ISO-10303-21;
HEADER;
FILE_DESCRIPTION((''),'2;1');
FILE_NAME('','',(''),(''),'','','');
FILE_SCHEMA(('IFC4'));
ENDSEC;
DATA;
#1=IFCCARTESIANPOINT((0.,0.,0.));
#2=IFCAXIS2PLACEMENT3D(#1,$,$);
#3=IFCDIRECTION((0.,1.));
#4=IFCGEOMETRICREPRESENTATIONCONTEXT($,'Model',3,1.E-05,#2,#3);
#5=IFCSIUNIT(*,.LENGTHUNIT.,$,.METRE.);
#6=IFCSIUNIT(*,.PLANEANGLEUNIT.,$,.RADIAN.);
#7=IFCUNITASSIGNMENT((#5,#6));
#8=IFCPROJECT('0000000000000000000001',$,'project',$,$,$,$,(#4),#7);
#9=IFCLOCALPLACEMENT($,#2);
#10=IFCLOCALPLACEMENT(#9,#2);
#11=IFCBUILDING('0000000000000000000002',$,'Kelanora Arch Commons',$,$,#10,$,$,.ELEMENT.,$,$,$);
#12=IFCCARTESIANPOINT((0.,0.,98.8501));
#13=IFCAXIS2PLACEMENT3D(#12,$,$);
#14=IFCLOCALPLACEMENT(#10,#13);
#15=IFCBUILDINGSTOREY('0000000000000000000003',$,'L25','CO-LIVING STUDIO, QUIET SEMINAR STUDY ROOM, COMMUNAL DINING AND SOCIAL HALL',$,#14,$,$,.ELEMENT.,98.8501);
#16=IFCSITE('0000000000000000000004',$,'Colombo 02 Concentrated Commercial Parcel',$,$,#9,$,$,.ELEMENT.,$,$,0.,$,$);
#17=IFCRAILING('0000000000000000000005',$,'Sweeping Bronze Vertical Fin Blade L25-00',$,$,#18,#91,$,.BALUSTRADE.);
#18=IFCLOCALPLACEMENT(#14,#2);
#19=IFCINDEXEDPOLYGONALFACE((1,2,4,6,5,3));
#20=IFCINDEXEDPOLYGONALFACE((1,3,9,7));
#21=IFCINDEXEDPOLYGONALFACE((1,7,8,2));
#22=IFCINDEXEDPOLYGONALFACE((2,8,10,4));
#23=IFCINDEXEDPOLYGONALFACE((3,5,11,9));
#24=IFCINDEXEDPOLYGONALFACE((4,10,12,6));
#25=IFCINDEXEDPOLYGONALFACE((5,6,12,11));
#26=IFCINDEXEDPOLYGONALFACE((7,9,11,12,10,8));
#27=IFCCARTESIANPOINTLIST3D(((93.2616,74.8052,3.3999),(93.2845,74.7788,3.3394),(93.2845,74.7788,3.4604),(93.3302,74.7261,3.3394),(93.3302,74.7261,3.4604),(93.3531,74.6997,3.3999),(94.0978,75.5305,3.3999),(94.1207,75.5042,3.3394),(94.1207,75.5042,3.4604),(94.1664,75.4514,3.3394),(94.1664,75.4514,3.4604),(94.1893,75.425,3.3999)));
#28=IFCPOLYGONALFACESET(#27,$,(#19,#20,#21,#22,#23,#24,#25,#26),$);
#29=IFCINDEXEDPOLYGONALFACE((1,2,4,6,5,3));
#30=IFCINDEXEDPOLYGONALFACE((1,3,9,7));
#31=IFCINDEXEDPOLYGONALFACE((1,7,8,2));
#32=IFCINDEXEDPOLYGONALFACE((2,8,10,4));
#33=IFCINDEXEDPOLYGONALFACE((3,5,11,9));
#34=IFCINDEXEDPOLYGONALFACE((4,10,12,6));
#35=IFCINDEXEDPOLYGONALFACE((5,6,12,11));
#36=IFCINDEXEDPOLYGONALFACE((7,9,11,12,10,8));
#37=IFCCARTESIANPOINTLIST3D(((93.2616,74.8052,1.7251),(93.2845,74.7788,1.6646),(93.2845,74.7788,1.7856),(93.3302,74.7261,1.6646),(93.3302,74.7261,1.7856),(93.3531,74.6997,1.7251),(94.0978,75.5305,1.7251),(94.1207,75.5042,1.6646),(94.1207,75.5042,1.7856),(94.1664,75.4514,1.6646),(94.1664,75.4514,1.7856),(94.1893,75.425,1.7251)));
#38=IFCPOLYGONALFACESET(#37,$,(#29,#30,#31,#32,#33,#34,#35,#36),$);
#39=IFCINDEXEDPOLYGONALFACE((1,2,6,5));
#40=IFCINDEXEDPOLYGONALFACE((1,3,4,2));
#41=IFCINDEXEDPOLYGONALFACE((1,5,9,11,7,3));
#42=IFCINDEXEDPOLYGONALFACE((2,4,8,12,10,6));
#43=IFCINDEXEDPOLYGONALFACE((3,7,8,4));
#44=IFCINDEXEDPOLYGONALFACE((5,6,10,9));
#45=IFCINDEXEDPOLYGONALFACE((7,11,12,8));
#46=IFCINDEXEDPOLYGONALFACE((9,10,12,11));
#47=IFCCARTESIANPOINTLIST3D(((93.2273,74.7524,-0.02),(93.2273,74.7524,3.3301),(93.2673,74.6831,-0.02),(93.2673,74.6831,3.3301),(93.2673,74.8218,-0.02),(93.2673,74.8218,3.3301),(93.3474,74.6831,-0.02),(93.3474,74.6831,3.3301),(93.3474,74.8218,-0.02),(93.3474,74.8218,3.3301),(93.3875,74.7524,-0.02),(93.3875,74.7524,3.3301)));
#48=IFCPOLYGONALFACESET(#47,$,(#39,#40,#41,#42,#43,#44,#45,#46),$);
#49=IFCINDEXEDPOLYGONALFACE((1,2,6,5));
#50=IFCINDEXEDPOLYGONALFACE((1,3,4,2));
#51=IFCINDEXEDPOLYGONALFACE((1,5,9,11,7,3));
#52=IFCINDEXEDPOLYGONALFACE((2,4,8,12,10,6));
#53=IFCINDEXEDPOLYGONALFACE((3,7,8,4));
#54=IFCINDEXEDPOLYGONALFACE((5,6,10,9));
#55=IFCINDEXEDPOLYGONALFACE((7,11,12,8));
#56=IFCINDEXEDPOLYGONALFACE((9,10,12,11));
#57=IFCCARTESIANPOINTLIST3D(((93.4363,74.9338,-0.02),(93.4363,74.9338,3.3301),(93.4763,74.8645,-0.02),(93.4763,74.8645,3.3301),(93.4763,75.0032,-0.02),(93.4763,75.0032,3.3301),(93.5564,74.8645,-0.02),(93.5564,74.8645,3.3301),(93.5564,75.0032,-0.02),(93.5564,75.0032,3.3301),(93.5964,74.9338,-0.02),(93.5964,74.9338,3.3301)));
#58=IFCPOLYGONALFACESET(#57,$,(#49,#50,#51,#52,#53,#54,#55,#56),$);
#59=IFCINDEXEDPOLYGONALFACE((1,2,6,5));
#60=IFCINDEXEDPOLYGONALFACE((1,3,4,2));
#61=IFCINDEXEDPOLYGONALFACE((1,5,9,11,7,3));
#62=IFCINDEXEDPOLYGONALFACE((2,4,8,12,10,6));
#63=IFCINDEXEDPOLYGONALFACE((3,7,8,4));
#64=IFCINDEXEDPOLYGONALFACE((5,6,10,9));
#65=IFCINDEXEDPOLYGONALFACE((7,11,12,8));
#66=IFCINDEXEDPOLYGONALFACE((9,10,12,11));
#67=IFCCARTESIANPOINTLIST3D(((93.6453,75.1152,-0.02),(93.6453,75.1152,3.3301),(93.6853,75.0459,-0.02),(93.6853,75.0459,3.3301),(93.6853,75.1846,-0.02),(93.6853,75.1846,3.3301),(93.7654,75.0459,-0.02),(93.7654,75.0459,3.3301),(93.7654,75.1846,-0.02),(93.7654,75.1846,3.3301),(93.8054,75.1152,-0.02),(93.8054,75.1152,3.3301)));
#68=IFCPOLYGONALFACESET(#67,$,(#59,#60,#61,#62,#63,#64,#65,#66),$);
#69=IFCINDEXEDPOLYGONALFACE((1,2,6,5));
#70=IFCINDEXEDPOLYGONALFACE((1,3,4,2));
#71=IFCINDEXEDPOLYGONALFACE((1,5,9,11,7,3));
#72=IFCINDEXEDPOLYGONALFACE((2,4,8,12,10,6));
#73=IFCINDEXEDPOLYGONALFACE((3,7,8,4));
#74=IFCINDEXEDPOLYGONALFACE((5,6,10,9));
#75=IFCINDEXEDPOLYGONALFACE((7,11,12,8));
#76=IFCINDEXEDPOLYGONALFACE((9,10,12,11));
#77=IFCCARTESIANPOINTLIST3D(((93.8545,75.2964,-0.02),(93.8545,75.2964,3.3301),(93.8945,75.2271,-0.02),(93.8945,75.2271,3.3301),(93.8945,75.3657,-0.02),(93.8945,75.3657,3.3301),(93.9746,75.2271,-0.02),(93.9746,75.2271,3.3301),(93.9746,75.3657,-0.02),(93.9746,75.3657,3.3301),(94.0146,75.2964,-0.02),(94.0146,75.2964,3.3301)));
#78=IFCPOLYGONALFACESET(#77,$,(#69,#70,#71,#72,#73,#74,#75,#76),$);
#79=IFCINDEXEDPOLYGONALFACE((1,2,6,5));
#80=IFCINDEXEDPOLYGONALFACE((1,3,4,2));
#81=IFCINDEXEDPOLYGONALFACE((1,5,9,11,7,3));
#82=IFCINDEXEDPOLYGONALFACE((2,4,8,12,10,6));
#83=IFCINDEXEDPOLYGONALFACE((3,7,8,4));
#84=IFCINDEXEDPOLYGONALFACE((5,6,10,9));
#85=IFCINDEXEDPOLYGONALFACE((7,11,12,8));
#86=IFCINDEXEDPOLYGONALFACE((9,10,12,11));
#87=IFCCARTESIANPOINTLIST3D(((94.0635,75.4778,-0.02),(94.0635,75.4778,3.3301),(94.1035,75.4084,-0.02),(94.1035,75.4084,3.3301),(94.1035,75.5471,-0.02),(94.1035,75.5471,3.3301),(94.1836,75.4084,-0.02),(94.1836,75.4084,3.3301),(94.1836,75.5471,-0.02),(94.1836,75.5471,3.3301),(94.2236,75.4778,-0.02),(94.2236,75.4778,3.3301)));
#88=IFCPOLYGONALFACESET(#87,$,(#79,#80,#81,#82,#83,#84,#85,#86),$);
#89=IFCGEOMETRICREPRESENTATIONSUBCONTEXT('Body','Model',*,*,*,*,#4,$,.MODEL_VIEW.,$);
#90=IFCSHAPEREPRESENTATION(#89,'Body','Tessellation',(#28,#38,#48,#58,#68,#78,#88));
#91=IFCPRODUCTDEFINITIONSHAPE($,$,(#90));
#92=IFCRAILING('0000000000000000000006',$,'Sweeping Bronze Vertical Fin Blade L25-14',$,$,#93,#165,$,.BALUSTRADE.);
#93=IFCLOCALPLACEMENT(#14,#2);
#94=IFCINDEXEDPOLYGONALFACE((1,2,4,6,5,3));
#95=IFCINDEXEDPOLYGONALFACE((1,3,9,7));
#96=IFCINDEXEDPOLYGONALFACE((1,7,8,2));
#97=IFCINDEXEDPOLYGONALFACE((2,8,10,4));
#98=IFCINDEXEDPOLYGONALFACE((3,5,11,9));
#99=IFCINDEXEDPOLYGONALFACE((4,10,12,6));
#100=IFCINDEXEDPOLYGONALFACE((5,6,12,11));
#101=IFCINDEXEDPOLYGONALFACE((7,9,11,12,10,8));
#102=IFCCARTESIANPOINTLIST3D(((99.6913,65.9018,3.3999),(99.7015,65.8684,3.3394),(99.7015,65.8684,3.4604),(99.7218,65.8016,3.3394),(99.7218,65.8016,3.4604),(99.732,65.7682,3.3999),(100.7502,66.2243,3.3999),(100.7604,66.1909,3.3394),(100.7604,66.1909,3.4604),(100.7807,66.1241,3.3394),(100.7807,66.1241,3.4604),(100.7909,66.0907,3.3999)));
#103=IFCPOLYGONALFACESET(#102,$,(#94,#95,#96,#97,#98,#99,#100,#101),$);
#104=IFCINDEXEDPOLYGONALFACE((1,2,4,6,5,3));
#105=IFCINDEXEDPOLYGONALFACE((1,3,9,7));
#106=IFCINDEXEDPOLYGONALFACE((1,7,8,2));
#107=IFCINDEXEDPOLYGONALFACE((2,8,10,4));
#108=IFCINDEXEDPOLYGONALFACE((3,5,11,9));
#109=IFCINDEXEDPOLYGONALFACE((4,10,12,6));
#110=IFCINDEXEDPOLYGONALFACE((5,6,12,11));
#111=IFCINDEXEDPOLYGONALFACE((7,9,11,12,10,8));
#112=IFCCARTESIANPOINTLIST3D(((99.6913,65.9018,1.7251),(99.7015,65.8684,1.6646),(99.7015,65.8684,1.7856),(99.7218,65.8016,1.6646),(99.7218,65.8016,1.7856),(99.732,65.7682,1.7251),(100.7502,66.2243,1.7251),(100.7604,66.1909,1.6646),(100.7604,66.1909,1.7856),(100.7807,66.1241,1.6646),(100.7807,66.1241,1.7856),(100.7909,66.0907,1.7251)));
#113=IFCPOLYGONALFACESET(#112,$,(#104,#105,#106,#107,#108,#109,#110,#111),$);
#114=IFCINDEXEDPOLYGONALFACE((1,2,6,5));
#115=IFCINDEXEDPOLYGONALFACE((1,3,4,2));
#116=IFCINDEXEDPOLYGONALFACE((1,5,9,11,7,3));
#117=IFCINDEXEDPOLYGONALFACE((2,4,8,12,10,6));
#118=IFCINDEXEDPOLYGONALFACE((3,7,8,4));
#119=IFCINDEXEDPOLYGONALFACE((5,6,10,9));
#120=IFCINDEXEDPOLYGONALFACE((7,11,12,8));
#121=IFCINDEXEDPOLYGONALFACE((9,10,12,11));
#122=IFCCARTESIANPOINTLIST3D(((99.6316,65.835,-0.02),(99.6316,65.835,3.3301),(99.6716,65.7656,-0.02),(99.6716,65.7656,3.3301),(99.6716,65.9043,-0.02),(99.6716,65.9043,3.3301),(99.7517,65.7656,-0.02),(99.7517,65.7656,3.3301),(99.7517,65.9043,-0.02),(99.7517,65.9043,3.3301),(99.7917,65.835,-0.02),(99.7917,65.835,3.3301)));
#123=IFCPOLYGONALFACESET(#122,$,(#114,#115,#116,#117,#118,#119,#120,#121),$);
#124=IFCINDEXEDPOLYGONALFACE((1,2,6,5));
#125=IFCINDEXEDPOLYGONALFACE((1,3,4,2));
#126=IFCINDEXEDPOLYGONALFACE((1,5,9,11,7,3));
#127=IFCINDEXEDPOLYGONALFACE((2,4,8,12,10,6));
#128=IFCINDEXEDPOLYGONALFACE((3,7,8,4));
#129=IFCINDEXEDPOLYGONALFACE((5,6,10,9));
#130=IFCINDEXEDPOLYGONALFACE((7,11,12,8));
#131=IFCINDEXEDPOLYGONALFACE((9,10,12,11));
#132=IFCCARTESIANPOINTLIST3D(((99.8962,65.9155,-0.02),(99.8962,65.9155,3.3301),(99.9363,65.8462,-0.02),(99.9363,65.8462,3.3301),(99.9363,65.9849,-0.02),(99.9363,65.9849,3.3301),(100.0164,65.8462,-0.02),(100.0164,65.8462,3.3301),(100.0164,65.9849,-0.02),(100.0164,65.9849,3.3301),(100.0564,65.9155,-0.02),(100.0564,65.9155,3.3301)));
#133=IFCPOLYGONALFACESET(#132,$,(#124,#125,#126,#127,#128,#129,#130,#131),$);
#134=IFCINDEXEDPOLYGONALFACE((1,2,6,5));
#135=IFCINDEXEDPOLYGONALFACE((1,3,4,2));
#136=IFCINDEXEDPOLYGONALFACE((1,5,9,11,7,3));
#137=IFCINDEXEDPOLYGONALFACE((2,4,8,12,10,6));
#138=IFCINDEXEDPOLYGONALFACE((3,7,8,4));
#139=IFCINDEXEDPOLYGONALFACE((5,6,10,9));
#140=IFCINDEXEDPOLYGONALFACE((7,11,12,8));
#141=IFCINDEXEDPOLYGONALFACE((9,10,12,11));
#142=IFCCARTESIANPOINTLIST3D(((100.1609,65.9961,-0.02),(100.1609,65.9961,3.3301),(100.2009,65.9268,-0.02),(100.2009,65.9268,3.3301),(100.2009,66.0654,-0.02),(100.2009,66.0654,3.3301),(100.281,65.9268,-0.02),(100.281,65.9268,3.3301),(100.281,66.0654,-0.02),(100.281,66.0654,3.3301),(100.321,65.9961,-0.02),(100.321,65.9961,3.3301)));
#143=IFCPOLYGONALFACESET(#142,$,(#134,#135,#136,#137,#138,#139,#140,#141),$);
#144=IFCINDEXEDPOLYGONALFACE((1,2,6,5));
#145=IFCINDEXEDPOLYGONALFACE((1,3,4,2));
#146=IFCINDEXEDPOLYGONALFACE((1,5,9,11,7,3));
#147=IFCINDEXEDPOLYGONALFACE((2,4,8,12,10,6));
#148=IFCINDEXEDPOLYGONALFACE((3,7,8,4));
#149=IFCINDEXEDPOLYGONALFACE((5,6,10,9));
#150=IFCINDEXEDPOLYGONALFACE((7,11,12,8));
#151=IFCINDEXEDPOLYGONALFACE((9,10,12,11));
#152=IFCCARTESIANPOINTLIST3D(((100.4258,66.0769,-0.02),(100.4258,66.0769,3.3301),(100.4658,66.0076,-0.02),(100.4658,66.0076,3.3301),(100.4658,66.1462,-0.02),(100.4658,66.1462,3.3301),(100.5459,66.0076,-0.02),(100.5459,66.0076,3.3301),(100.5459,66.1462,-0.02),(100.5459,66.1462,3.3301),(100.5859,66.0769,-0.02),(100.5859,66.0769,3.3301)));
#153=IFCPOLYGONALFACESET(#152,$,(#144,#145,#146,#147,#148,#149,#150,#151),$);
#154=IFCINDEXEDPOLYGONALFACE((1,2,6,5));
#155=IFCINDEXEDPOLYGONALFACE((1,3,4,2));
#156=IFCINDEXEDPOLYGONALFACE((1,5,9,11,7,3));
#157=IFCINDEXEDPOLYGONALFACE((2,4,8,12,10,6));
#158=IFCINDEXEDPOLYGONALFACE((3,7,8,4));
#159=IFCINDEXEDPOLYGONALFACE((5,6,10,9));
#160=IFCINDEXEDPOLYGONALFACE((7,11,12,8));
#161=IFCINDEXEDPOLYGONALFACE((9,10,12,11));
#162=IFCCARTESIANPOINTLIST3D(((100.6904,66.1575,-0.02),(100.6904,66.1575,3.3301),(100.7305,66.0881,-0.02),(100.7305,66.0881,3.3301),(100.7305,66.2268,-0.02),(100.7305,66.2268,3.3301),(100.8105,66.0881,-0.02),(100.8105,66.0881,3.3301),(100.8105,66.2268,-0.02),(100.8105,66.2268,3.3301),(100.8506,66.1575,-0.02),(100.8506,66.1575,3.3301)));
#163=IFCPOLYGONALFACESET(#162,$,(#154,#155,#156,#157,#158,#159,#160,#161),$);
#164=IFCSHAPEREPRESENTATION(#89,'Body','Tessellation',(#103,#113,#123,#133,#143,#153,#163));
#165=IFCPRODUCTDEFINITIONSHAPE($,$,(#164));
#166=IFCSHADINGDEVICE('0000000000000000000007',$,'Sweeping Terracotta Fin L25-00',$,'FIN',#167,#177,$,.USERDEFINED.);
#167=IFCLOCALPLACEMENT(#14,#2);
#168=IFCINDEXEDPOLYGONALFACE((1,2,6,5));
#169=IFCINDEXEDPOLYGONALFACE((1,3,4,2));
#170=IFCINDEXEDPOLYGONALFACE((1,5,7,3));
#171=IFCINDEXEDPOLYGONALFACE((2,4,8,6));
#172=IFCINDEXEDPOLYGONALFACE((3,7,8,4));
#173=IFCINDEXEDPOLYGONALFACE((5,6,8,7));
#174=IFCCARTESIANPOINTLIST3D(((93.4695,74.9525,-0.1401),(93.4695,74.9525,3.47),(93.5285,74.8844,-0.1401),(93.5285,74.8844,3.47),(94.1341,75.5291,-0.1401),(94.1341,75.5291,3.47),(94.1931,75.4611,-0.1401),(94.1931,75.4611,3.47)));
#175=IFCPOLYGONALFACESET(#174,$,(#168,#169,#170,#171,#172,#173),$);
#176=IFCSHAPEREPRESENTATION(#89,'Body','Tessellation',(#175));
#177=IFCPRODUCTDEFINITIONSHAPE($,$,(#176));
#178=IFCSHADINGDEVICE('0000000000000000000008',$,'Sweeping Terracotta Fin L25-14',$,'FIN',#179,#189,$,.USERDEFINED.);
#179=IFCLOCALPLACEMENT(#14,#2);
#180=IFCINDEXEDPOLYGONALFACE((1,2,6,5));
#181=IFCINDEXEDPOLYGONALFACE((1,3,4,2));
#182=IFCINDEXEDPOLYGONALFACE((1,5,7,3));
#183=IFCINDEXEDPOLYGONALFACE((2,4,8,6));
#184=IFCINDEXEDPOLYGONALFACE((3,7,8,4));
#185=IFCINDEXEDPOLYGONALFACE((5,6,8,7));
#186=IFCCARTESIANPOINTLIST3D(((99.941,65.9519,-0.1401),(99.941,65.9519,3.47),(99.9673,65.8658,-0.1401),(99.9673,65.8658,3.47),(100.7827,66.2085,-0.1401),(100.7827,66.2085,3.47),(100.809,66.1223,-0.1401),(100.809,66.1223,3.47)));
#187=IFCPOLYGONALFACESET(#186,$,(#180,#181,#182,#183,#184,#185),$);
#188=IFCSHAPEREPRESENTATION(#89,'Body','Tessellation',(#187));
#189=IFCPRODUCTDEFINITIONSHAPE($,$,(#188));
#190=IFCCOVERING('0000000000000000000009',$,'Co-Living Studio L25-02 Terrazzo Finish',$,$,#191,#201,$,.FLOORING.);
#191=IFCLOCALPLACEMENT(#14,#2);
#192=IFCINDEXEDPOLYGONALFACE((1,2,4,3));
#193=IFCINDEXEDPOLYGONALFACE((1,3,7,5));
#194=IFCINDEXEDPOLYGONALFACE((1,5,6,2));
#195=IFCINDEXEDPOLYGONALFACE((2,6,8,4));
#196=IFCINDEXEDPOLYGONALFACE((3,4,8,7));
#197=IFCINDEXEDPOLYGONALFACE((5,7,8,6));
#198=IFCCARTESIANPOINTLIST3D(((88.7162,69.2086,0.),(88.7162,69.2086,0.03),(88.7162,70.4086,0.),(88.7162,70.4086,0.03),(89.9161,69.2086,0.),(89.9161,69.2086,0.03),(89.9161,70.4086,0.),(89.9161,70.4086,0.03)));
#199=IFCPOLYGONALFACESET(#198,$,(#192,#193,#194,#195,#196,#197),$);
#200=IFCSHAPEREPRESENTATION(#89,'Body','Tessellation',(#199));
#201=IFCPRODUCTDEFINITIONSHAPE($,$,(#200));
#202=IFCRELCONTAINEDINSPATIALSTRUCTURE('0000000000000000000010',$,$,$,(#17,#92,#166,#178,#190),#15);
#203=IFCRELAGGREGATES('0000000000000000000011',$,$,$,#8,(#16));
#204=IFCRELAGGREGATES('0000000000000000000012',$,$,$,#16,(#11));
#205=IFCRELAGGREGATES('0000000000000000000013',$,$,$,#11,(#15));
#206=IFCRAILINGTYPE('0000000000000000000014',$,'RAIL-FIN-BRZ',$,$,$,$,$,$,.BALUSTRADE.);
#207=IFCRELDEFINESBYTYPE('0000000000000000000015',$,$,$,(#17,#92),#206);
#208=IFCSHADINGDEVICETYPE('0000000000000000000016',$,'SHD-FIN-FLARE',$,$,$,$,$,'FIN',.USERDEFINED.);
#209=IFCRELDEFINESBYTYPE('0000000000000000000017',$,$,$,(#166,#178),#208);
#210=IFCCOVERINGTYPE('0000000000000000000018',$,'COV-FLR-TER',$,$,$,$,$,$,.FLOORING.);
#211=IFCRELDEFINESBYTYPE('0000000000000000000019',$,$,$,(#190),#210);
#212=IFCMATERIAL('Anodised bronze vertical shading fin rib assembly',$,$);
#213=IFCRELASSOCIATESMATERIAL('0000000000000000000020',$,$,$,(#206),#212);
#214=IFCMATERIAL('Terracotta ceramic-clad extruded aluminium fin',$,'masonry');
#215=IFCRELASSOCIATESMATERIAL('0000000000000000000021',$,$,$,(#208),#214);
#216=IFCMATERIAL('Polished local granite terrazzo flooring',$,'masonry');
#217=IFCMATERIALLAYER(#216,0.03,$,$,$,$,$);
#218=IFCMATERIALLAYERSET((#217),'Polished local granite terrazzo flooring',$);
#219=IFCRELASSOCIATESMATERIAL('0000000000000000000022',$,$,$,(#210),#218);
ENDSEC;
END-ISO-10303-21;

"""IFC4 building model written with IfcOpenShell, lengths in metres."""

from ifc_helpers import new_model, si_unit, direction, frame, origin, origin_2d, place, context, subcontext, project, spatial, polyline, rectangle, outline, extrude, source, transform, mapped, material, layer, layer_set, type_object, element, save


model = new_model("IFC4")

# Units and contexts
model_context = context("Model", 3, precision=1e-05, world=origin(), true_north=direction((0.0, 1.0)))
body_context = subcontext(model_context, "Body", "Model", "MODEL_VIEW")
ifc_project = project(units=[si_unit("LENGTHUNIT", "METRE"), si_unit("PLANEANGLEUNIT", "RADIAN")], contexts=[model_context])

# Site, building, storey
site_placement = place(None, origin())
site = spatial("IfcSite", under=ifc_project, at=site_placement, Name="Colombo 02 Concentrated Commercial Parcel", CompositionType="ELEMENT", RefElevation=0.0)
building_placement = place(site_placement, origin())
building = spatial("IfcBuilding", under=site, at=building_placement, Name="Kelanora Arch Commons", CompositionType="ELEMENT")
storey_placement = place(building_placement, frame((0.0, 0.0, 98.8501)))
storey = spatial("IfcBuildingStorey", under=building, at=storey_placement, Name="L25", Description="CO-LIVING STUDIO, QUIET SEMINAR STUDY ROOM, COMMUNAL DINING AND SOCIAL HALL", CompositionType="ELEMENT", Elevation=98.8501)

# Railings
ifc_material_1 = material(Name="Anodised bronze vertical shading fin rib assembly")
railing_type = type_object("IfcRailingType", Name="RAIL-FIN-BRZ", PredefinedType="BALUSTRADE", material=ifc_material_1)
railing_1_placement = place(storey_placement, frame((93.3074, 74.7524, -0.02)))
element("IfcRailing", 1, at=railing_1_placement, inside=storey, type_object=railing_type, Name="Sweeping Bronze Vertical Fin Blade L25-00", PredefinedType="BALUSTRADE", context=body_context, shape_type="SweptSolid", body=[
    extrude(outline(polyline([(0.0698, 0.0), (0.0349, 0.0605), (-0.0349, 0.0605), (-0.0698, 0.0), (-0.0349, -0.0605), (0.0349, -0.0605), (0.0698, 0.0)])), frame((0.0, 0.0, 3.4199), z_axis=(0.755398, 0.655266, 0.0), x_axis=(-0.655266, 0.755398, 0.0)), (0.0, 0.0, 1.0), 1.1069),
    extrude(outline(polyline([(0.0698, 0.0), (0.0349, 0.0605), (-0.0349, 0.0605), (-0.0698, 0.0), (-0.0349, -0.0605), (0.0349, -0.0605), (0.0698, 0.0)])), frame((0.0, 0.0, 1.7451), z_axis=(0.755398, 0.655266, 0.0), x_axis=(-0.655266, 0.755398, 0.0)), (0.0, 0.0, 1.0), 1.1069),
    extrude(outline(polyline([(0.0801, 0.0), (0.04, 0.0693), (-0.04, 0.0693), (-0.0801, 0.0), (-0.04, -0.0693), (0.04, -0.0693), (0.0801, 0.0)])), origin(), (0.0, 0.0, 1.0), 3.3501),
    extrude(outline(polyline([(0.0801, 0.0), (0.04, 0.0693), (-0.04, 0.0693), (-0.0801, 0.0), (-0.04, -0.0693), (0.04, -0.0693), (0.0801, 0.0)])), frame((0.209, 0.1814, 0.0)), (0.0, 0.0, 1.0), 3.3501),
    extrude(outline(polyline([(0.0801, 0.0), (0.04, 0.0693), (-0.04, 0.0693), (-0.0801, 0.0), (-0.04, -0.0693), (0.04, -0.0693), (0.0801, 0.0)])), frame((0.418, 0.3628, 0.0)), (0.0, 0.0, 1.0), 3.3501),
    extrude(outline(polyline([(0.0801, 0.0), (0.04, 0.0693), (-0.04, 0.0693), (-0.0801, 0.0), (-0.04, -0.0693), (0.04, -0.0693), (0.0801, 0.0)])), frame((0.6272, 0.5439, 0.0)), (0.0, 0.0, 1.0), 3.3501),
    extrude(outline(polyline([(0.0801, 0.0), (0.04, 0.0693), (-0.04, 0.0693), (-0.0801, 0.0), (-0.04, -0.0693), (0.04, -0.0693), (0.0801, 0.0)])), frame((0.8362, 0.7253, 0.0)), (0.0, 0.0, 1.0), 3.3501),
])
railing_2_placement = place(storey_placement, frame((99.7117, 65.835, -0.02)))
element("IfcRailing", 2, at=railing_2_placement, inside=storey, type_object=railing_type, Name="Sweeping Bronze Vertical Fin Blade L25-14", PredefinedType="BALUSTRADE", context=body_context, shape_type="SweptSolid", body=[
    extrude(outline(polyline([(0.0698, 0.0), (0.0349, 0.0605), (-0.0349, 0.0605), (-0.0698, 0.0), (-0.0349, -0.0605), (0.0349, -0.0605), (0.0698, 0.0)])), frame((0.0, 0.0, 3.4199), z_axis=(0.95661, 0.291372, 0.0), x_axis=(-0.291372, 0.95661, 0.0)), (0.0, 0.0, 1.0), 1.1069),
    extrude(outline(polyline([(0.0698, 0.0), (0.0349, 0.0605), (-0.0349, 0.0605), (-0.0698, 0.0), (-0.0349, -0.0605), (0.0349, -0.0605), (0.0698, 0.0)])), frame((0.0, 0.0, 1.7451), z_axis=(0.95661, 0.291372, 0.0), x_axis=(-0.291372, 0.95661, 0.0)), (0.0, 0.0, 1.0), 1.1069),
    extrude(outline(polyline([(0.0801, 0.0), (0.04, 0.0693), (-0.04, 0.0693), (-0.0801, 0.0), (-0.04, -0.0693), (0.04, -0.0693), (0.0801, 0.0)])), origin(), (0.0, 0.0, 1.0), 3.3501),
    extrude(outline(polyline([(0.0801, 0.0), (0.04, 0.0693), (-0.04, 0.0693), (-0.0801, 0.0), (-0.04, -0.0693), (0.04, -0.0693), (0.0801, 0.0)])), frame((0.2646, 0.0806, 0.0)), (0.0, 0.0, 1.0), 3.3501),
    extrude(outline(polyline([(0.0801, 0.0), (0.04, 0.0693), (-0.04, 0.0693), (-0.0801, 0.0), (-0.04, -0.0693), (0.04, -0.0693), (0.0801, 0.0)])), frame((0.5293, 0.1611, 0.0)), (0.0, 0.0, 1.0), 3.3501),
    extrude(outline(polyline([(0.0801, 0.0), (0.04, 0.0693), (-0.04, 0.0693), (-0.0801, 0.0), (-0.04, -0.0693), (0.04, -0.0693), (0.0801, 0.0)])), frame((0.7942, 0.2419, 0.0)), (0.0, 0.0, 1.0), 3.3501),
    extrude(outline(polyline([(0.0801, 0.0), (0.04, 0.0693), (-0.04, 0.0693), (-0.0801, 0.0), (-0.04, -0.0693), (0.04, -0.0693), (0.0801, 0.0)])), frame((1.0588, 0.3225, 0.0)), (0.0, 0.0, 1.0), 3.3501),
])

# Shading devices
ifc_material_2 = material(Name="Terracotta ceramic-clad extruded aluminium fin", Category="masonry")
shading_device_type = type_object("IfcShadingDeviceType", Name="SHD-FIN-FLARE", ElementType="FIN", PredefinedType="USERDEFINED", material=ifc_material_2)
shared_shape_1 = source(origin(), body_context, "Body", "SweptSolid", [
    extrude(rectangle(XDim=0.8799, YDim=0.0901, at=origin_2d()), origin(), (0.0, 0.0, 1.0), 3.6101),
])
for number, where, z_axis, x_axis, name in (
    (3, (93.8313, 75.2068, -0.1401), (0.0, 0.0, 1.0), (0.755282, 0.6554, 0.0), "Sweeping Terracotta Fin L25-00"),
    (4, (100.375, 66.0371, -0.1401), (0.0, 0.0, 1.0), (0.95656, 0.291537, 0.0), "Sweeping Terracotta Fin L25-14"),
):
    element("IfcShadingDevice", number, at=place(storey_placement, frame(where, z_axis=z_axis, x_axis=x_axis)), inside=storey, type_object=shading_device_type, Name=name, ObjectType="FIN", PredefinedType="USERDEFINED", context=body_context, shape_type="MappedRepresentation", body=[
        mapped(shared_shape_1, transform((0.0, 0.0, 0.0), scale=1.0)),
    ])

# Covering
ifc_material_3 = material(Name="Polished local granite terrazzo flooring", Category="masonry")
ifc_layer_1 = layer(ifc_material_3, 0.03)
ifc_layer_set_1 = layer_set([ifc_layer_1], Name="Polished local granite terrazzo flooring")
covering_type = type_object("IfcCoveringType", Name="COV-FLR-TER", PredefinedType="FLOORING", material=ifc_layer_set_1)
shared_shape_2 = source(origin(), body_context, "Body", "SweptSolid", [
    extrude(rectangle(XDim=1.2, YDim=1.2, at=origin_2d()), origin(), (0.0, 0.0, 1.0), 0.03),
])
covering_placement = place(storey_placement, frame((89.3162, 69.8086, 0.0), z_axis=(0.0, 0.0, 1.0), x_axis=(1.0, 0.0, 0.0)))
element("IfcCovering", 5, at=covering_placement, inside=storey, type_object=covering_type, Name="Co-Living Studio L25-02 Terrazzo Finish", PredefinedType="FLOORING", context=body_context, shape_type="MappedRepresentation", body=[
    mapped(shared_shape_2, transform((0.0, 0.0, 0.0), scale=1.0)),
])

save(model, "model.ifc")
